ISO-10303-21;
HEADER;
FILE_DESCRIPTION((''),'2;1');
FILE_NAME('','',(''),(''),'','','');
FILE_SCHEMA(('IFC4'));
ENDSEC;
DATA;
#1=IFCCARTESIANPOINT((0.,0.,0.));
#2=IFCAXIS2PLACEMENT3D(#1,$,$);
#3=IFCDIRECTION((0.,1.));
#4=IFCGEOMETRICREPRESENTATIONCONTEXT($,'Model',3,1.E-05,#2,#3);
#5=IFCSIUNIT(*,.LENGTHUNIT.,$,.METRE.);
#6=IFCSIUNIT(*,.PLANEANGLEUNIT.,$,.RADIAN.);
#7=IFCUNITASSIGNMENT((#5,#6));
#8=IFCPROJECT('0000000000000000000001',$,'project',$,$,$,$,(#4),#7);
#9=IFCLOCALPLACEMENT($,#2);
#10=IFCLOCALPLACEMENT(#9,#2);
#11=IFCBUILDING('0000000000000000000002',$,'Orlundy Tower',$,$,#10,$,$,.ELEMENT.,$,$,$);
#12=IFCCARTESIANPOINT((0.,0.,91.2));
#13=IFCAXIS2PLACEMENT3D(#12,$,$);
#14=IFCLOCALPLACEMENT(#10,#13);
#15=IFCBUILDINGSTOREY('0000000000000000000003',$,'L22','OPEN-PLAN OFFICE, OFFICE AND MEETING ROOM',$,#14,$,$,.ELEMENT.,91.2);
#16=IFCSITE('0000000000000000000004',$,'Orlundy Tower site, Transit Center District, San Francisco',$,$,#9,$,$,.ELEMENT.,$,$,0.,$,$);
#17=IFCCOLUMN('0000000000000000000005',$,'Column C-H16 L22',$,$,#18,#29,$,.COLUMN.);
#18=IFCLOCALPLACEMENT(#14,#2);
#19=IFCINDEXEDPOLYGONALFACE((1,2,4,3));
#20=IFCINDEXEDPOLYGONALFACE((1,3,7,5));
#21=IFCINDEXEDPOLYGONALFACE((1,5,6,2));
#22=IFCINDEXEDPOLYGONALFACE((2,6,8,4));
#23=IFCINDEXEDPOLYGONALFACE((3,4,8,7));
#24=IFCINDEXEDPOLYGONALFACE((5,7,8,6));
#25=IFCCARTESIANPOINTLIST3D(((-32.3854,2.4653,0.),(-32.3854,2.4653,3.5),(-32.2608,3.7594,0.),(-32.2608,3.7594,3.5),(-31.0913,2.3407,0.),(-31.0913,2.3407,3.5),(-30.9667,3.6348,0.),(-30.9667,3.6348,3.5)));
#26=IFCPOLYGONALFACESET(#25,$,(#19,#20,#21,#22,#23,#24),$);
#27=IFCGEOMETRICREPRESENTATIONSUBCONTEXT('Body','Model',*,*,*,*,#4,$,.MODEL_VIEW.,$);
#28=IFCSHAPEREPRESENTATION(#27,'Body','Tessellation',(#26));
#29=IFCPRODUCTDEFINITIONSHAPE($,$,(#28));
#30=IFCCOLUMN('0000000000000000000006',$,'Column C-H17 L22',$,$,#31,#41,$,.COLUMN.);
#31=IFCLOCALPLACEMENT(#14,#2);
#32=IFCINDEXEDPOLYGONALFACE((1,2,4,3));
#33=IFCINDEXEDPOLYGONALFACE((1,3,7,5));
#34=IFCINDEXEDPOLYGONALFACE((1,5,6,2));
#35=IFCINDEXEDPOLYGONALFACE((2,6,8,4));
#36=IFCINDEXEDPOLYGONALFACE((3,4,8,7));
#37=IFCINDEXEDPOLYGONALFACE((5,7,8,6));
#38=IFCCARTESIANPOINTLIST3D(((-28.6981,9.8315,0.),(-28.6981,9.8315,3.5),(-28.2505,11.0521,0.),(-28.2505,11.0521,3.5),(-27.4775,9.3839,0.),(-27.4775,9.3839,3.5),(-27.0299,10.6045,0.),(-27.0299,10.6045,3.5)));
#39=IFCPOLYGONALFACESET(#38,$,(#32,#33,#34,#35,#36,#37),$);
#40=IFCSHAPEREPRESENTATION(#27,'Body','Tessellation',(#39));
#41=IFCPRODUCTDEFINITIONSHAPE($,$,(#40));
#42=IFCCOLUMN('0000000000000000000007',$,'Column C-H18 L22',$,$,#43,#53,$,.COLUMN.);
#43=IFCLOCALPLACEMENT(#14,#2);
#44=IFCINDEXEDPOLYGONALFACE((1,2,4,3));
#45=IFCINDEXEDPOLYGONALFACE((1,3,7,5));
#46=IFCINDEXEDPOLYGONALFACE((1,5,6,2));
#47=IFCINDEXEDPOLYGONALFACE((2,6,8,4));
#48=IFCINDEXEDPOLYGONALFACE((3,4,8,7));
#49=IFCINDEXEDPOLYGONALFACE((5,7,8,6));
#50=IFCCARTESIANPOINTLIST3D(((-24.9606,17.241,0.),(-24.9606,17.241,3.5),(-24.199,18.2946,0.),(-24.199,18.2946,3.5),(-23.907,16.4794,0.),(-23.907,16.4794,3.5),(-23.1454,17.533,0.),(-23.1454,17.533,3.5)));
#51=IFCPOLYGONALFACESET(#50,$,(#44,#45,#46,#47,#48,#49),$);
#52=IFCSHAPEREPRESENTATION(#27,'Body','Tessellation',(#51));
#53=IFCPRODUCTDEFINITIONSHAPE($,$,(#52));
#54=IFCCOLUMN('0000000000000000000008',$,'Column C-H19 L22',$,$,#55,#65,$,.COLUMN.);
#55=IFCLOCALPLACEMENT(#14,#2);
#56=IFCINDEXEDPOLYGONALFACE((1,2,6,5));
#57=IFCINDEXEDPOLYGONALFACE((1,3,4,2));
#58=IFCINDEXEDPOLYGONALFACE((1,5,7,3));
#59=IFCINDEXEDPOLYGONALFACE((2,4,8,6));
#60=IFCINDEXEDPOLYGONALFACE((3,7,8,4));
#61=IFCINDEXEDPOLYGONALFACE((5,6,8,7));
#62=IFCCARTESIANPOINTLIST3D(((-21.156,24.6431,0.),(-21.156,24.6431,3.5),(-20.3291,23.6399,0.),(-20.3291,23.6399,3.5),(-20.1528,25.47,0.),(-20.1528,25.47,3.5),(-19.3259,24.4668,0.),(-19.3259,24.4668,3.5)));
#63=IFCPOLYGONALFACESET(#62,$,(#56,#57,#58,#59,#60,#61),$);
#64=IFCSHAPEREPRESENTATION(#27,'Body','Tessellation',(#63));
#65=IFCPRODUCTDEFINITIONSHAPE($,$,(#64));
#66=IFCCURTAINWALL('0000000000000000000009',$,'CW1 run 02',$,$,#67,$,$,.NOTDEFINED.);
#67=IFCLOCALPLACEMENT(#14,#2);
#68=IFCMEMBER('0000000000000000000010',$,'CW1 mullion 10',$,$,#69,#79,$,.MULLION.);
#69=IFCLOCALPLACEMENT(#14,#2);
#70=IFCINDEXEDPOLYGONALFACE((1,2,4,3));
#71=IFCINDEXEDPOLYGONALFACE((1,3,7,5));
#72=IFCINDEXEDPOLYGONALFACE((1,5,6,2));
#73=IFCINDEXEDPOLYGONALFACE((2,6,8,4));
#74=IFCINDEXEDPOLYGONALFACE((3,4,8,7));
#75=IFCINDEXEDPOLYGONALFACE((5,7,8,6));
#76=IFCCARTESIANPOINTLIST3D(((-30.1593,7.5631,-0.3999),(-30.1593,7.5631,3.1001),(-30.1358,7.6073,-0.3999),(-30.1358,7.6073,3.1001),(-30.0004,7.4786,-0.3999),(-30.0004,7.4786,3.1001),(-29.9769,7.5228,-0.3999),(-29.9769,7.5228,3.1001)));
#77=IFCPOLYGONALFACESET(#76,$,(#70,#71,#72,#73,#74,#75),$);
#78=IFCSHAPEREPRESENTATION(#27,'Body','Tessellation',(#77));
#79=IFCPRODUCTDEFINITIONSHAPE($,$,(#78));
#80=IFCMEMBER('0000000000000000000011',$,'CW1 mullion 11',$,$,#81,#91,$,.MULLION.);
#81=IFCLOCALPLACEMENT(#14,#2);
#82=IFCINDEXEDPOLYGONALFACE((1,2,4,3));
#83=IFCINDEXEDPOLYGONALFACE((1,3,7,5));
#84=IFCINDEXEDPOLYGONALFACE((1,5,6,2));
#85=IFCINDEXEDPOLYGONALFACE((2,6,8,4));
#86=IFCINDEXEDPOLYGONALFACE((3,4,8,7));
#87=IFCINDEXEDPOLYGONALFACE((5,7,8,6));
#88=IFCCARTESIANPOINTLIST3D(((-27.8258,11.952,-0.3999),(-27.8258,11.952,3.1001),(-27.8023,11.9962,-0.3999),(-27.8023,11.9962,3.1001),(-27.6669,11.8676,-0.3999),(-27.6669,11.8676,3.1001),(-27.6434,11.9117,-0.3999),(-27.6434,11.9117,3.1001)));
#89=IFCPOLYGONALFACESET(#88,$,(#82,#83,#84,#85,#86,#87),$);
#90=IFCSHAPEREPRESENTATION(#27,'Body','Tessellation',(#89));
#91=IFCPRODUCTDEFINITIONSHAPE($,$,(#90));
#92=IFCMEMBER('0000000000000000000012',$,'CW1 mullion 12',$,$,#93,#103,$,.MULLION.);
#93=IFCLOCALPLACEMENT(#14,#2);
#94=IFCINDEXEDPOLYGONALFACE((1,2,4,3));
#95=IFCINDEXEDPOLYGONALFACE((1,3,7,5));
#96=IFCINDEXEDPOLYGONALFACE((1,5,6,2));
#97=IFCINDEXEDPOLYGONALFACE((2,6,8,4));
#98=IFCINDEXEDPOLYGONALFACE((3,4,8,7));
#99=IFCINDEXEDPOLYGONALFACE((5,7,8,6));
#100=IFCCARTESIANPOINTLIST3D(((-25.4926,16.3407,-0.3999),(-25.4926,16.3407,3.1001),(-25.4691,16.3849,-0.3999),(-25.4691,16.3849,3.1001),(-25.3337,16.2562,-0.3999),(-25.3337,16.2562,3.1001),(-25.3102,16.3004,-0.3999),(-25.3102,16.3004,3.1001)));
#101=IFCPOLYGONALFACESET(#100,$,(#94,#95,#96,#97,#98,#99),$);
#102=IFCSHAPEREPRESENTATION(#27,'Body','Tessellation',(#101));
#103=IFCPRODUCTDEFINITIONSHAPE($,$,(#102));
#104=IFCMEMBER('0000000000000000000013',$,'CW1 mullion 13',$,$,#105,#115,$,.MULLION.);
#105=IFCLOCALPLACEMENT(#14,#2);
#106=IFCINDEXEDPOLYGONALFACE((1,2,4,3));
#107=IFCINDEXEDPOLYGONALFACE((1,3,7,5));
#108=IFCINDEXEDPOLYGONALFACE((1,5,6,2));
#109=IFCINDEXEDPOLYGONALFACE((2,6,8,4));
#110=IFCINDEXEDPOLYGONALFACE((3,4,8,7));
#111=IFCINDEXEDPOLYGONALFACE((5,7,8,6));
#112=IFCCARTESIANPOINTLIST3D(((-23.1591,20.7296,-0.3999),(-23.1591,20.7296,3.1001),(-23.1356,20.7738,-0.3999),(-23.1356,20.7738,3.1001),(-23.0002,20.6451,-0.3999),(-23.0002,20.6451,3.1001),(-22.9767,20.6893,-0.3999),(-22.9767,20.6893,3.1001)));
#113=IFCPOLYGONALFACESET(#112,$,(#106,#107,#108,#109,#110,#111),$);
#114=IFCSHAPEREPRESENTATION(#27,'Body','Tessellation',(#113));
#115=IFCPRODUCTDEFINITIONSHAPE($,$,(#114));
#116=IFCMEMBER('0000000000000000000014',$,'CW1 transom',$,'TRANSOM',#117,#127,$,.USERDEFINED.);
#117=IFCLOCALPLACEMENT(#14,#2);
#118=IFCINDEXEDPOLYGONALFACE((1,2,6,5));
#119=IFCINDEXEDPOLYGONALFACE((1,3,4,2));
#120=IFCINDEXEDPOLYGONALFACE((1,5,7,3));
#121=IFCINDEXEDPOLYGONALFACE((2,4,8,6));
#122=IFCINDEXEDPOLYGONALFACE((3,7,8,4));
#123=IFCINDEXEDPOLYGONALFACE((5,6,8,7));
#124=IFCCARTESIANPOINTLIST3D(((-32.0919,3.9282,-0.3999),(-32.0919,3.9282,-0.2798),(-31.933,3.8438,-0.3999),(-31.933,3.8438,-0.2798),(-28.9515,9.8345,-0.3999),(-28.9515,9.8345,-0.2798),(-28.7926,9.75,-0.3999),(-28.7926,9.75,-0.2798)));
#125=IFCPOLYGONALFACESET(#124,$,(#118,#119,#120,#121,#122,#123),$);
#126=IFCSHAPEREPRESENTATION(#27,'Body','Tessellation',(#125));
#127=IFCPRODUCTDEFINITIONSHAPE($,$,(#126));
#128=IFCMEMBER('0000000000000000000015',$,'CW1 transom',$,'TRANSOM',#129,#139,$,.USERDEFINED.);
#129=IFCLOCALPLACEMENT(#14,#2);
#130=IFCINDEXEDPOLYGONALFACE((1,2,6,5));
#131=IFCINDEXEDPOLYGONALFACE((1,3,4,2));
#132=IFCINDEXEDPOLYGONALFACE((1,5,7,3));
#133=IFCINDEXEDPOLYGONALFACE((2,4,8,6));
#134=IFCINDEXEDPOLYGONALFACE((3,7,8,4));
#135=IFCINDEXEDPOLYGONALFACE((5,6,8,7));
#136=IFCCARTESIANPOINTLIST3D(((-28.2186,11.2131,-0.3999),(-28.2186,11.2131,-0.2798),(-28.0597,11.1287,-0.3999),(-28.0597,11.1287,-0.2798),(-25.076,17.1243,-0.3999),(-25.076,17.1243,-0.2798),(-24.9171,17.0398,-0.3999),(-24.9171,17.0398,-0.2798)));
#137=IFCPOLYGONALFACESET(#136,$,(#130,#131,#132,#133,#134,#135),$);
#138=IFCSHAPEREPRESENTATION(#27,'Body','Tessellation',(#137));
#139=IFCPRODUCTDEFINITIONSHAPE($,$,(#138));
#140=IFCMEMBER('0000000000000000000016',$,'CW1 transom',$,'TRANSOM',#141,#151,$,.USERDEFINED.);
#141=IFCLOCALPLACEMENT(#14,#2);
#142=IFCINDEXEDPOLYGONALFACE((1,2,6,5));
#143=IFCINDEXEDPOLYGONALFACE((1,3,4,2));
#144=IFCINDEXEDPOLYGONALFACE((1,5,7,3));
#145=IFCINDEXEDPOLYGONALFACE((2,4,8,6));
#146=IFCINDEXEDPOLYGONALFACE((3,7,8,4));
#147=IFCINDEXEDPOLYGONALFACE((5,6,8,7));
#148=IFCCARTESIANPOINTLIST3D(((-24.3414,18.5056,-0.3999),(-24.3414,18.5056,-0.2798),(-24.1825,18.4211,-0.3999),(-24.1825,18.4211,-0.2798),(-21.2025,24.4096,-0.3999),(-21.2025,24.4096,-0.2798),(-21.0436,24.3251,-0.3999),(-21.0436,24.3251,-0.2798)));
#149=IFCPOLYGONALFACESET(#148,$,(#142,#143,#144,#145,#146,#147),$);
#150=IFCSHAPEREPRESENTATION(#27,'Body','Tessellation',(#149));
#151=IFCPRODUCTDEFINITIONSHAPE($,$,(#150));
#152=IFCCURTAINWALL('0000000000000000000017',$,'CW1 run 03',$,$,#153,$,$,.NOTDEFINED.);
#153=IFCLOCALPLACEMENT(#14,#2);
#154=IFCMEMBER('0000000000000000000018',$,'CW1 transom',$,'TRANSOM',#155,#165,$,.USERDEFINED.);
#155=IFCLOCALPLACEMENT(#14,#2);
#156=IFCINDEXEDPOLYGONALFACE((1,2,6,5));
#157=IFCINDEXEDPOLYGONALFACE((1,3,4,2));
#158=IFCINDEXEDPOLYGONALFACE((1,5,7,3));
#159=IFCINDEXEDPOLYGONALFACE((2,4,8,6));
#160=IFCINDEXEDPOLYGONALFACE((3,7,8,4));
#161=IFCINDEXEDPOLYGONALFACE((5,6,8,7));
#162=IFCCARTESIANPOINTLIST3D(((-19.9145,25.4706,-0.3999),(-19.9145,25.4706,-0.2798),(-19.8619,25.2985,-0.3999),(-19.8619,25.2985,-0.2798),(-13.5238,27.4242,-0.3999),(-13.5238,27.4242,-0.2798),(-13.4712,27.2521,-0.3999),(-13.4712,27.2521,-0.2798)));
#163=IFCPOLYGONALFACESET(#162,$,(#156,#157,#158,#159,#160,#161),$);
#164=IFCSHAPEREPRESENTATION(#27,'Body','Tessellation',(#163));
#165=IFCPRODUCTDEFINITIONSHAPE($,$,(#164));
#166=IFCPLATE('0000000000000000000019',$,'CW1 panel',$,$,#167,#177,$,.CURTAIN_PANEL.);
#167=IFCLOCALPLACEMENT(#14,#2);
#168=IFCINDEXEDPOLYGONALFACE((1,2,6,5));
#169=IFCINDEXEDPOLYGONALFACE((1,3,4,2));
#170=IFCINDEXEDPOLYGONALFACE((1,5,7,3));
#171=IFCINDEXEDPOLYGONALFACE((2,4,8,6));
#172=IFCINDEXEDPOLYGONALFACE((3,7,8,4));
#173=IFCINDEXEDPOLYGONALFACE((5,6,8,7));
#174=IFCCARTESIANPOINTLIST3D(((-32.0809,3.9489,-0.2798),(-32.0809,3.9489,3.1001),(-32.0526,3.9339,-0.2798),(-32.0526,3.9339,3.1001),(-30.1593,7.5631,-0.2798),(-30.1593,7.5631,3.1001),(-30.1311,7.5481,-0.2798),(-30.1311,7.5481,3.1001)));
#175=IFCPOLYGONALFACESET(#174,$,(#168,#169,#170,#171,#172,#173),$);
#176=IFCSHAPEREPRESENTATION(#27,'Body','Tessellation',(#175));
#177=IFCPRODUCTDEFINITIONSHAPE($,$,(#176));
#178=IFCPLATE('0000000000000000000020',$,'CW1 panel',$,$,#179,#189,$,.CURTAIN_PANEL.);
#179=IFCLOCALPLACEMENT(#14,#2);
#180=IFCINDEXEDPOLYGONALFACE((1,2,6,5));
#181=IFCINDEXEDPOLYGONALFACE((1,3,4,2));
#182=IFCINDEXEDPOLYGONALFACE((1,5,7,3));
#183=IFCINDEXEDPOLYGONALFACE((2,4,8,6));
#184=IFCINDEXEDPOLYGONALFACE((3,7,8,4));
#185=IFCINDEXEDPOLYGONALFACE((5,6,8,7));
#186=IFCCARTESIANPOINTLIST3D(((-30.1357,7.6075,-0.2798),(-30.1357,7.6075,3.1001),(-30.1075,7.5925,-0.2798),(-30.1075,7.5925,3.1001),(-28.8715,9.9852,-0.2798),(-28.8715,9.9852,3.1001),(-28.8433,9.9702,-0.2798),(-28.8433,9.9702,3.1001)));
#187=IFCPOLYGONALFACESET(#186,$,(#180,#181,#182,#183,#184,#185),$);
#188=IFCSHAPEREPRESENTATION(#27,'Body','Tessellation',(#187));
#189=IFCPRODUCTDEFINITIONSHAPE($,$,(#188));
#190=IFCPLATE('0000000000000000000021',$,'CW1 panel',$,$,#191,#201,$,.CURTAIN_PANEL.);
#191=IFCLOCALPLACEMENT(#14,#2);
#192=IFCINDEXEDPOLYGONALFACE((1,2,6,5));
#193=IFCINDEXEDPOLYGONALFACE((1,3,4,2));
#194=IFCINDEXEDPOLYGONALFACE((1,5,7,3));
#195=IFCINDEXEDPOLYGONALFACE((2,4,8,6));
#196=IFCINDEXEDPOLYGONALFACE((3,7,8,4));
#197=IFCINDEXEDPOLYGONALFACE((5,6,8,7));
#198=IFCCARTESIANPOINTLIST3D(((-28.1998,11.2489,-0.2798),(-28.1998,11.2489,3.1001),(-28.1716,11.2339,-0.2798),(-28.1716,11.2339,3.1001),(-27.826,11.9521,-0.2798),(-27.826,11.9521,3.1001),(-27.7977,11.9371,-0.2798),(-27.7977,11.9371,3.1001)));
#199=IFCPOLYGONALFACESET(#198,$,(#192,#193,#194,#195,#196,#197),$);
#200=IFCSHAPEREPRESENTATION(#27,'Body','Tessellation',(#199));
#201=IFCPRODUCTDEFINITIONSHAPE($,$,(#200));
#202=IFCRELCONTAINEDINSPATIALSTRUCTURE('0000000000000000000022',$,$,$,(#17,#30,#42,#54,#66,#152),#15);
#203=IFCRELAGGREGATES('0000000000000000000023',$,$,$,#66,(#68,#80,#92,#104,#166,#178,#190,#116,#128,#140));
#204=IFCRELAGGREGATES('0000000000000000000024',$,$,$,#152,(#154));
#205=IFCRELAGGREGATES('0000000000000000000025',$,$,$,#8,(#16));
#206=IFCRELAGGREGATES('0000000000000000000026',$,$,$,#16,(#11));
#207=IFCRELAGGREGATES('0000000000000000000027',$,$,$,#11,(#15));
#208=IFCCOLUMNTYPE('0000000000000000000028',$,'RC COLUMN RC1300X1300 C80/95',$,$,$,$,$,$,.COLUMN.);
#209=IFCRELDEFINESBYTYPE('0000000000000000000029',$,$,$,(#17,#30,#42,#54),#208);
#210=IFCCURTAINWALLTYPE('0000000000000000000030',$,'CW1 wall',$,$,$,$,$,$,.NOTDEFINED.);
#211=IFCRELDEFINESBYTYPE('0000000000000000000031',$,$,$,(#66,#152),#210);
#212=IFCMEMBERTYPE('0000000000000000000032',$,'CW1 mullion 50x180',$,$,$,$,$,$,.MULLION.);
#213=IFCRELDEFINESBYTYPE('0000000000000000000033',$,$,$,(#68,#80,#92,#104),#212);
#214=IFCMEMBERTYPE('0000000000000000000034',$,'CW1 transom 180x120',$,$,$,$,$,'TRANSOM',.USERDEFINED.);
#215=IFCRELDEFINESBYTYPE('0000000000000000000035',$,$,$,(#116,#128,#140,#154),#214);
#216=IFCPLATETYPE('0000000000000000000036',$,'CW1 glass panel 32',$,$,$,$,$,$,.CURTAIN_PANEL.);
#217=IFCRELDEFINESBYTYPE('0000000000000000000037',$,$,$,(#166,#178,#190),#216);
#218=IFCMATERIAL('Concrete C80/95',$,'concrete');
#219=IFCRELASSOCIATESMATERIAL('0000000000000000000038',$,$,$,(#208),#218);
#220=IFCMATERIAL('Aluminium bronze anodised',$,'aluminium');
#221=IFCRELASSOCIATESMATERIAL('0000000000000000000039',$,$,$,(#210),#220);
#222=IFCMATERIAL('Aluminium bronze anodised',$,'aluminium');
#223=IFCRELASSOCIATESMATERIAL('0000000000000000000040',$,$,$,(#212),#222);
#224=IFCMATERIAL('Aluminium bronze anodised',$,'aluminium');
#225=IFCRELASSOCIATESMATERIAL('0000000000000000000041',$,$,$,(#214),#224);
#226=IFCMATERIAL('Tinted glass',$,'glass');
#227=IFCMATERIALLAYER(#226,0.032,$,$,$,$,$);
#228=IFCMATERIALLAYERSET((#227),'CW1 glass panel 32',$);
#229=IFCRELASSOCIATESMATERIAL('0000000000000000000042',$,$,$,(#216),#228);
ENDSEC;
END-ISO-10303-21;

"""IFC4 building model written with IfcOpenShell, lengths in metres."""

from ifc_helpers import new_model, si_unit, direction, frame, origin, origin_2d, place, context, subcontext, project, spatial, rectangle, extrude, material, layer, layer_set, material_profile, profile_set, type_object, element, aggregate, save


model = new_model("IFC4")

# Units and contexts
model_context = context("Model", 3, precision=1e-05, world=origin(), true_north=direction((0.0, 1.0)))
body_context = subcontext(model_context, "Body", "Model", "MODEL_VIEW")
ifc_project = project(units=[si_unit("LENGTHUNIT", "METRE"), si_unit("PLANEANGLEUNIT", "RADIAN")], contexts=[model_context])

# Site, building, storey
site_placement = place(None, origin())
site = spatial("IfcSite", under=ifc_project, at=site_placement, Name="Orlundy Tower site, Transit Center District, San Francisco", CompositionType="ELEMENT", RefElevation=0.0)
building_placement = place(site_placement, origin())
building = spatial("IfcBuilding", under=site, at=building_placement, Name="Orlundy Tower", CompositionType="ELEMENT")
storey_placement = place(building_placement, frame((0.0, 0.0, 91.2)))
storey = spatial("IfcBuildingStorey", under=building, at=storey_placement, Name="L22", Description="OPEN-PLAN OFFICE, OFFICE AND MEETING ROOM", CompositionType="ELEMENT", Elevation=91.2)

# Columns
ifc_material_1 = material(Name="Concrete C80/95", Category="concrete")
ifc_material_profile_1 = material_profile(ifc_material_1, rectangle(XDim=1.3, YDim=1.3, at=origin_2d()), Name="RC1300X1300")
ifc_profile_set_1 = profile_set([ifc_material_profile_1], Name="Concrete C80/95")
column_type = type_object("IfcColumnType", Name="RC COLUMN RC1300X1300 C80/95", PredefinedType="COLUMN", material=ifc_profile_set_1)
for number, where, z_axis, x_axis, name in (
    (1, (-31.676, 3.05, 0.0), (0.0, 0.0, 1.0), (-0.995396, 0.095846, 0.0), "Column C-H16 L22"),
    (2, (-27.864, 10.218, 0.0), (0.0, 0.0, 1.0), (-0.938866, 0.344282, 0.0), "Column C-H17 L22"),
    (3, (-24.053, 17.387, 0.0), (0.0, 0.0, 1.0), (-0.81043, 0.585835, 0.0), "Column C-H18 L22"),
    (4, (-20.241, 24.5549, 0.0), (0.0, 0.0, 1.0), (-0.636065, 0.771636, 0.0), "Column C-H19 L22"),
):
    element("IfcColumn", number, at=place(storey_placement, frame(where, z_axis=z_axis, x_axis=x_axis)), inside=storey, type_object=column_type, Name=name, PredefinedType="COLUMN", context=body_context, shape_type="SweptSolid", body=[
        extrude(rectangle(XDim=1.3, YDim=1.3, at=origin_2d()), origin(), (0.0, 0.0, 1.0), 3.5),
    ])

# Curtain wall, members
ifc_material_2 = material(Name="Aluminium bronze anodised", Category="aluminium")
curtain_wall_type = type_object("IfcCurtainWallType", Name="CW1 wall", PredefinedType="NOTDEFINED", material=ifc_material_2)
curtain_wall_1_placement = place(storey_placement, origin())
curtain_wall_1 = element("IfcCurtainWall", 5, at=curtain_wall_1_placement, inside=storey, type_object=curtain_wall_type, Name="CW1 run 02", PredefinedType="NOTDEFINED")
ifc_material_3 = material(Name="Aluminium bronze anodised", Category="aluminium")
ifc_material_profile_2 = material_profile(ifc_material_3, rectangle(XDim=0.1799, YDim=0.05, at=origin_2d()), Name="CW1 mullion 50x180")
ifc_profile_set_2 = profile_set([ifc_material_profile_2], Name="Aluminium bronze anodised")
member_type_1 = type_object("IfcMemberType", Name="CW1 mullion 50x180", PredefinedType="MULLION", material=ifc_profile_set_2)
member_1_placement = place(storey_placement, frame((-30.0681, 7.543, -0.3999), z_axis=(0.0, 0.0, 1.0), x_axis=(-0.882961, 0.469445, 0.0)))
member_1 = element("IfcMember", 6, at=member_1_placement, type_object=member_type_1, Name="CW1 mullion 10", PredefinedType="MULLION", context=body_context, shape_type="SweptSolid", body=[
    extrude(rectangle(XDim=0.1799, YDim=0.05, at=origin_2d()), origin(), (0.0, 0.0, 1.0), 3.5),
])
member_2_placement = place(storey_placement, frame((-27.7346, 11.9319, -0.3999), z_axis=(0.0, 0.0, 1.0), x_axis=(-0.882961, 0.469445, 0.0)))
member_2 = element("IfcMember", 7, at=member_2_placement, type_object=member_type_1, Name="CW1 mullion 11", PredefinedType="MULLION", context=body_context, shape_type="SweptSolid", body=[
    extrude(rectangle(XDim=0.1799, YDim=0.05, at=origin_2d()), origin(), (0.0, 0.0, 1.0), 3.5),
])
member_3_placement = place(storey_placement, frame((-25.4014, 16.3206, -0.3999), z_axis=(0.0, 0.0, 1.0), x_axis=(-0.882961, 0.469445, 0.0)))
member_3 = element("IfcMember", 8, at=member_3_placement, type_object=member_type_1, Name="CW1 mullion 12", PredefinedType="MULLION", context=body_context, shape_type="SweptSolid", body=[
    extrude(rectangle(XDim=0.1799, YDim=0.05, at=origin_2d()), origin(), (0.0, 0.0, 1.0), 3.5),
])
member_4_placement = place(storey_placement, frame((-23.0679, 20.7095, -0.3999), z_axis=(0.0, 0.0, 1.0), x_axis=(-0.882961, 0.469445, 0.0)))
member_4 = element("IfcMember", 9, at=member_4_placement, type_object=member_type_1, Name="CW1 mullion 13", PredefinedType="MULLION", context=body_context, shape_type="SweptSolid", body=[
    extrude(rectangle(XDim=0.1799, YDim=0.05, at=origin_2d()), origin(), (0.0, 0.0, 1.0), 3.5),
])
ifc_material_4 = material(Name="Aluminium bronze anodised", Category="aluminium")
ifc_material_profile_3 = material_profile(ifc_material_4, rectangle(XDim=0.1799, YDim=0.1201, at=origin_2d()), Name="CW1 transom 180x120")
ifc_profile_set_3 = profile_set([ifc_material_profile_3], Name="Aluminium bronze anodised")
member_type_2 = type_object("IfcMemberType", Name="CW1 transom 180x120", ElementType="TRANSOM", PredefinedType="USERDEFINED", material=ifc_profile_set_3)
member_5_placement = place(storey_placement, frame((-32.0125, 3.886, -0.3398), z_axis=(0.469468, 0.882949, 0.0), x_axis=(-0.882949, 0.469468, 0.0)))
member_5 = element("IfcMember", 10, at=member_5_placement, type_object=member_type_2, Name="CW1 transom", ObjectType="TRANSOM", PredefinedType="USERDEFINED", context=body_context, shape_type="SweptSolid", body=[
    extrude(rectangle(XDim=0.1799, YDim=0.1201, at=origin_2d()), origin(), (0.0, 0.0, 1.0), 6.6892),
])
member_6_placement = place(storey_placement, frame((-28.1392, 11.1709, -0.3398), z_axis=(0.469422, 0.882974, 0.0), x_axis=(-0.882974, 0.469422, 0.0)))
member_6 = element("IfcMember", 11, at=member_6_placement, type_object=member_type_2, Name="CW1 transom", ObjectType="TRANSOM", PredefinedType="USERDEFINED", context=body_context, shape_type="SweptSolid", body=[
    extrude(rectangle(XDim=0.1799, YDim=0.1201, at=origin_2d()), origin(), (0.0, 0.0, 1.0), 6.6946),
])
member_7_placement = place(storey_placement, frame((-24.262, 18.4634, -0.3398), z_axis=(0.469434, 0.882968, 0.0), x_axis=(-0.882968, 0.469434, 0.0)))
member_7 = element("IfcMember", 12, at=member_7_placement, type_object=member_type_2, Name="CW1 transom", ObjectType="TRANSOM", PredefinedType="USERDEFINED", context=body_context, shape_type="SweptSolid", body=[
    extrude(rectangle(XDim=0.1799, YDim=0.1201, at=origin_2d()), origin(), (0.0, 0.0, 1.0), 6.6865),
])

# Curtain wall, member
curtain_wall_2_placement = place(storey_placement, origin())
curtain_wall_2 = element("IfcCurtainWall", 13, at=curtain_wall_2_placement, inside=storey, type_object=curtain_wall_type, Name="CW1 run 03", PredefinedType="NOTDEFINED")
member_8_placement = place(storey_placement, frame((-19.8882, 25.3845, -0.3398), z_axis=(0.956313, 0.292345, 0.0), x_axis=(-0.292345, 0.956313, 0.0)))
member_8 = element("IfcMember", 14, at=member_8_placement, type_object=member_type_2, Name="CW1 transom", ObjectType="TRANSOM", PredefinedType="USERDEFINED", context=body_context, shape_type="SweptSolid", body=[
    extrude(rectangle(XDim=0.1799, YDim=0.1201, at=origin_2d()), origin(), (0.0, 0.0, 1.0), 6.6826),
])

# Plates
ifc_material_5 = material(Name="Tinted glass", Category="glass")
ifc_layer_1 = layer(ifc_material_5, 0.032)
ifc_layer_set_1 = layer_set([ifc_layer_1], Name="CW1 glass panel 32")
plate_type = type_object("IfcPlateType", Name="CW1 glass panel 32", PredefinedType="CURTAIN_PANEL", material=ifc_layer_set_1)
plate_1_placement = place(storey_placement, frame((-31.106, 5.7485, -0.2798), z_axis=(0.0, 0.0, 1.0), x_axis=(0.469445, 0.882961, 0.0)))
plate_1 = element("IfcPlate", 15, at=plate_1_placement, type_object=plate_type, Name="CW1 panel", PredefinedType="CURTAIN_PANEL", context=body_context, shape_type="SweptSolid", body=[
    extrude(rectangle(XDim=4.0933, YDim=0.032, at=origin_2d()), origin(), (0.0, 0.0, 1.0), 3.3799),
])
plate_2_placement = place(storey_placement, frame((-29.4895, 8.7888, -0.2798), z_axis=(0.0, 0.0, 1.0), x_axis=(0.469445, 0.882961, 0.0)))
plate_2 = element("IfcPlate", 16, at=plate_2_placement, type_object=plate_type, Name="CW1 panel", PredefinedType="CURTAIN_PANEL", context=body_context, shape_type="SweptSolid", body=[
    extrude(rectangle(XDim=2.6929, YDim=0.032, at=origin_2d()), origin(), (0.0, 0.0, 1.0), 3.3799),
])
plate_3_placement = place(storey_placement, frame((-27.9988, 11.593, -0.2798), z_axis=(0.0, 0.0, 1.0), x_axis=(0.469445, 0.882961, 0.0)))
plate_3 = element("IfcPlate", 17, at=plate_3_placement, type_object=plate_type, Name="CW1 panel", PredefinedType="CURTAIN_PANEL", context=body_context, shape_type="SweptSolid", body=[
    extrude(rectangle(XDim=0.7964, YDim=0.032, at=origin_2d()), origin(), (0.0, 0.0, 1.0), 3.3799),
])
aggregate(curtain_wall_1, [member_1, member_2, member_3, member_4, plate_1, plate_2, plate_3, member_5, member_6, member_7])
aggregate(curtain_wall_2, [member_8])

save(model, "model.ifc")
